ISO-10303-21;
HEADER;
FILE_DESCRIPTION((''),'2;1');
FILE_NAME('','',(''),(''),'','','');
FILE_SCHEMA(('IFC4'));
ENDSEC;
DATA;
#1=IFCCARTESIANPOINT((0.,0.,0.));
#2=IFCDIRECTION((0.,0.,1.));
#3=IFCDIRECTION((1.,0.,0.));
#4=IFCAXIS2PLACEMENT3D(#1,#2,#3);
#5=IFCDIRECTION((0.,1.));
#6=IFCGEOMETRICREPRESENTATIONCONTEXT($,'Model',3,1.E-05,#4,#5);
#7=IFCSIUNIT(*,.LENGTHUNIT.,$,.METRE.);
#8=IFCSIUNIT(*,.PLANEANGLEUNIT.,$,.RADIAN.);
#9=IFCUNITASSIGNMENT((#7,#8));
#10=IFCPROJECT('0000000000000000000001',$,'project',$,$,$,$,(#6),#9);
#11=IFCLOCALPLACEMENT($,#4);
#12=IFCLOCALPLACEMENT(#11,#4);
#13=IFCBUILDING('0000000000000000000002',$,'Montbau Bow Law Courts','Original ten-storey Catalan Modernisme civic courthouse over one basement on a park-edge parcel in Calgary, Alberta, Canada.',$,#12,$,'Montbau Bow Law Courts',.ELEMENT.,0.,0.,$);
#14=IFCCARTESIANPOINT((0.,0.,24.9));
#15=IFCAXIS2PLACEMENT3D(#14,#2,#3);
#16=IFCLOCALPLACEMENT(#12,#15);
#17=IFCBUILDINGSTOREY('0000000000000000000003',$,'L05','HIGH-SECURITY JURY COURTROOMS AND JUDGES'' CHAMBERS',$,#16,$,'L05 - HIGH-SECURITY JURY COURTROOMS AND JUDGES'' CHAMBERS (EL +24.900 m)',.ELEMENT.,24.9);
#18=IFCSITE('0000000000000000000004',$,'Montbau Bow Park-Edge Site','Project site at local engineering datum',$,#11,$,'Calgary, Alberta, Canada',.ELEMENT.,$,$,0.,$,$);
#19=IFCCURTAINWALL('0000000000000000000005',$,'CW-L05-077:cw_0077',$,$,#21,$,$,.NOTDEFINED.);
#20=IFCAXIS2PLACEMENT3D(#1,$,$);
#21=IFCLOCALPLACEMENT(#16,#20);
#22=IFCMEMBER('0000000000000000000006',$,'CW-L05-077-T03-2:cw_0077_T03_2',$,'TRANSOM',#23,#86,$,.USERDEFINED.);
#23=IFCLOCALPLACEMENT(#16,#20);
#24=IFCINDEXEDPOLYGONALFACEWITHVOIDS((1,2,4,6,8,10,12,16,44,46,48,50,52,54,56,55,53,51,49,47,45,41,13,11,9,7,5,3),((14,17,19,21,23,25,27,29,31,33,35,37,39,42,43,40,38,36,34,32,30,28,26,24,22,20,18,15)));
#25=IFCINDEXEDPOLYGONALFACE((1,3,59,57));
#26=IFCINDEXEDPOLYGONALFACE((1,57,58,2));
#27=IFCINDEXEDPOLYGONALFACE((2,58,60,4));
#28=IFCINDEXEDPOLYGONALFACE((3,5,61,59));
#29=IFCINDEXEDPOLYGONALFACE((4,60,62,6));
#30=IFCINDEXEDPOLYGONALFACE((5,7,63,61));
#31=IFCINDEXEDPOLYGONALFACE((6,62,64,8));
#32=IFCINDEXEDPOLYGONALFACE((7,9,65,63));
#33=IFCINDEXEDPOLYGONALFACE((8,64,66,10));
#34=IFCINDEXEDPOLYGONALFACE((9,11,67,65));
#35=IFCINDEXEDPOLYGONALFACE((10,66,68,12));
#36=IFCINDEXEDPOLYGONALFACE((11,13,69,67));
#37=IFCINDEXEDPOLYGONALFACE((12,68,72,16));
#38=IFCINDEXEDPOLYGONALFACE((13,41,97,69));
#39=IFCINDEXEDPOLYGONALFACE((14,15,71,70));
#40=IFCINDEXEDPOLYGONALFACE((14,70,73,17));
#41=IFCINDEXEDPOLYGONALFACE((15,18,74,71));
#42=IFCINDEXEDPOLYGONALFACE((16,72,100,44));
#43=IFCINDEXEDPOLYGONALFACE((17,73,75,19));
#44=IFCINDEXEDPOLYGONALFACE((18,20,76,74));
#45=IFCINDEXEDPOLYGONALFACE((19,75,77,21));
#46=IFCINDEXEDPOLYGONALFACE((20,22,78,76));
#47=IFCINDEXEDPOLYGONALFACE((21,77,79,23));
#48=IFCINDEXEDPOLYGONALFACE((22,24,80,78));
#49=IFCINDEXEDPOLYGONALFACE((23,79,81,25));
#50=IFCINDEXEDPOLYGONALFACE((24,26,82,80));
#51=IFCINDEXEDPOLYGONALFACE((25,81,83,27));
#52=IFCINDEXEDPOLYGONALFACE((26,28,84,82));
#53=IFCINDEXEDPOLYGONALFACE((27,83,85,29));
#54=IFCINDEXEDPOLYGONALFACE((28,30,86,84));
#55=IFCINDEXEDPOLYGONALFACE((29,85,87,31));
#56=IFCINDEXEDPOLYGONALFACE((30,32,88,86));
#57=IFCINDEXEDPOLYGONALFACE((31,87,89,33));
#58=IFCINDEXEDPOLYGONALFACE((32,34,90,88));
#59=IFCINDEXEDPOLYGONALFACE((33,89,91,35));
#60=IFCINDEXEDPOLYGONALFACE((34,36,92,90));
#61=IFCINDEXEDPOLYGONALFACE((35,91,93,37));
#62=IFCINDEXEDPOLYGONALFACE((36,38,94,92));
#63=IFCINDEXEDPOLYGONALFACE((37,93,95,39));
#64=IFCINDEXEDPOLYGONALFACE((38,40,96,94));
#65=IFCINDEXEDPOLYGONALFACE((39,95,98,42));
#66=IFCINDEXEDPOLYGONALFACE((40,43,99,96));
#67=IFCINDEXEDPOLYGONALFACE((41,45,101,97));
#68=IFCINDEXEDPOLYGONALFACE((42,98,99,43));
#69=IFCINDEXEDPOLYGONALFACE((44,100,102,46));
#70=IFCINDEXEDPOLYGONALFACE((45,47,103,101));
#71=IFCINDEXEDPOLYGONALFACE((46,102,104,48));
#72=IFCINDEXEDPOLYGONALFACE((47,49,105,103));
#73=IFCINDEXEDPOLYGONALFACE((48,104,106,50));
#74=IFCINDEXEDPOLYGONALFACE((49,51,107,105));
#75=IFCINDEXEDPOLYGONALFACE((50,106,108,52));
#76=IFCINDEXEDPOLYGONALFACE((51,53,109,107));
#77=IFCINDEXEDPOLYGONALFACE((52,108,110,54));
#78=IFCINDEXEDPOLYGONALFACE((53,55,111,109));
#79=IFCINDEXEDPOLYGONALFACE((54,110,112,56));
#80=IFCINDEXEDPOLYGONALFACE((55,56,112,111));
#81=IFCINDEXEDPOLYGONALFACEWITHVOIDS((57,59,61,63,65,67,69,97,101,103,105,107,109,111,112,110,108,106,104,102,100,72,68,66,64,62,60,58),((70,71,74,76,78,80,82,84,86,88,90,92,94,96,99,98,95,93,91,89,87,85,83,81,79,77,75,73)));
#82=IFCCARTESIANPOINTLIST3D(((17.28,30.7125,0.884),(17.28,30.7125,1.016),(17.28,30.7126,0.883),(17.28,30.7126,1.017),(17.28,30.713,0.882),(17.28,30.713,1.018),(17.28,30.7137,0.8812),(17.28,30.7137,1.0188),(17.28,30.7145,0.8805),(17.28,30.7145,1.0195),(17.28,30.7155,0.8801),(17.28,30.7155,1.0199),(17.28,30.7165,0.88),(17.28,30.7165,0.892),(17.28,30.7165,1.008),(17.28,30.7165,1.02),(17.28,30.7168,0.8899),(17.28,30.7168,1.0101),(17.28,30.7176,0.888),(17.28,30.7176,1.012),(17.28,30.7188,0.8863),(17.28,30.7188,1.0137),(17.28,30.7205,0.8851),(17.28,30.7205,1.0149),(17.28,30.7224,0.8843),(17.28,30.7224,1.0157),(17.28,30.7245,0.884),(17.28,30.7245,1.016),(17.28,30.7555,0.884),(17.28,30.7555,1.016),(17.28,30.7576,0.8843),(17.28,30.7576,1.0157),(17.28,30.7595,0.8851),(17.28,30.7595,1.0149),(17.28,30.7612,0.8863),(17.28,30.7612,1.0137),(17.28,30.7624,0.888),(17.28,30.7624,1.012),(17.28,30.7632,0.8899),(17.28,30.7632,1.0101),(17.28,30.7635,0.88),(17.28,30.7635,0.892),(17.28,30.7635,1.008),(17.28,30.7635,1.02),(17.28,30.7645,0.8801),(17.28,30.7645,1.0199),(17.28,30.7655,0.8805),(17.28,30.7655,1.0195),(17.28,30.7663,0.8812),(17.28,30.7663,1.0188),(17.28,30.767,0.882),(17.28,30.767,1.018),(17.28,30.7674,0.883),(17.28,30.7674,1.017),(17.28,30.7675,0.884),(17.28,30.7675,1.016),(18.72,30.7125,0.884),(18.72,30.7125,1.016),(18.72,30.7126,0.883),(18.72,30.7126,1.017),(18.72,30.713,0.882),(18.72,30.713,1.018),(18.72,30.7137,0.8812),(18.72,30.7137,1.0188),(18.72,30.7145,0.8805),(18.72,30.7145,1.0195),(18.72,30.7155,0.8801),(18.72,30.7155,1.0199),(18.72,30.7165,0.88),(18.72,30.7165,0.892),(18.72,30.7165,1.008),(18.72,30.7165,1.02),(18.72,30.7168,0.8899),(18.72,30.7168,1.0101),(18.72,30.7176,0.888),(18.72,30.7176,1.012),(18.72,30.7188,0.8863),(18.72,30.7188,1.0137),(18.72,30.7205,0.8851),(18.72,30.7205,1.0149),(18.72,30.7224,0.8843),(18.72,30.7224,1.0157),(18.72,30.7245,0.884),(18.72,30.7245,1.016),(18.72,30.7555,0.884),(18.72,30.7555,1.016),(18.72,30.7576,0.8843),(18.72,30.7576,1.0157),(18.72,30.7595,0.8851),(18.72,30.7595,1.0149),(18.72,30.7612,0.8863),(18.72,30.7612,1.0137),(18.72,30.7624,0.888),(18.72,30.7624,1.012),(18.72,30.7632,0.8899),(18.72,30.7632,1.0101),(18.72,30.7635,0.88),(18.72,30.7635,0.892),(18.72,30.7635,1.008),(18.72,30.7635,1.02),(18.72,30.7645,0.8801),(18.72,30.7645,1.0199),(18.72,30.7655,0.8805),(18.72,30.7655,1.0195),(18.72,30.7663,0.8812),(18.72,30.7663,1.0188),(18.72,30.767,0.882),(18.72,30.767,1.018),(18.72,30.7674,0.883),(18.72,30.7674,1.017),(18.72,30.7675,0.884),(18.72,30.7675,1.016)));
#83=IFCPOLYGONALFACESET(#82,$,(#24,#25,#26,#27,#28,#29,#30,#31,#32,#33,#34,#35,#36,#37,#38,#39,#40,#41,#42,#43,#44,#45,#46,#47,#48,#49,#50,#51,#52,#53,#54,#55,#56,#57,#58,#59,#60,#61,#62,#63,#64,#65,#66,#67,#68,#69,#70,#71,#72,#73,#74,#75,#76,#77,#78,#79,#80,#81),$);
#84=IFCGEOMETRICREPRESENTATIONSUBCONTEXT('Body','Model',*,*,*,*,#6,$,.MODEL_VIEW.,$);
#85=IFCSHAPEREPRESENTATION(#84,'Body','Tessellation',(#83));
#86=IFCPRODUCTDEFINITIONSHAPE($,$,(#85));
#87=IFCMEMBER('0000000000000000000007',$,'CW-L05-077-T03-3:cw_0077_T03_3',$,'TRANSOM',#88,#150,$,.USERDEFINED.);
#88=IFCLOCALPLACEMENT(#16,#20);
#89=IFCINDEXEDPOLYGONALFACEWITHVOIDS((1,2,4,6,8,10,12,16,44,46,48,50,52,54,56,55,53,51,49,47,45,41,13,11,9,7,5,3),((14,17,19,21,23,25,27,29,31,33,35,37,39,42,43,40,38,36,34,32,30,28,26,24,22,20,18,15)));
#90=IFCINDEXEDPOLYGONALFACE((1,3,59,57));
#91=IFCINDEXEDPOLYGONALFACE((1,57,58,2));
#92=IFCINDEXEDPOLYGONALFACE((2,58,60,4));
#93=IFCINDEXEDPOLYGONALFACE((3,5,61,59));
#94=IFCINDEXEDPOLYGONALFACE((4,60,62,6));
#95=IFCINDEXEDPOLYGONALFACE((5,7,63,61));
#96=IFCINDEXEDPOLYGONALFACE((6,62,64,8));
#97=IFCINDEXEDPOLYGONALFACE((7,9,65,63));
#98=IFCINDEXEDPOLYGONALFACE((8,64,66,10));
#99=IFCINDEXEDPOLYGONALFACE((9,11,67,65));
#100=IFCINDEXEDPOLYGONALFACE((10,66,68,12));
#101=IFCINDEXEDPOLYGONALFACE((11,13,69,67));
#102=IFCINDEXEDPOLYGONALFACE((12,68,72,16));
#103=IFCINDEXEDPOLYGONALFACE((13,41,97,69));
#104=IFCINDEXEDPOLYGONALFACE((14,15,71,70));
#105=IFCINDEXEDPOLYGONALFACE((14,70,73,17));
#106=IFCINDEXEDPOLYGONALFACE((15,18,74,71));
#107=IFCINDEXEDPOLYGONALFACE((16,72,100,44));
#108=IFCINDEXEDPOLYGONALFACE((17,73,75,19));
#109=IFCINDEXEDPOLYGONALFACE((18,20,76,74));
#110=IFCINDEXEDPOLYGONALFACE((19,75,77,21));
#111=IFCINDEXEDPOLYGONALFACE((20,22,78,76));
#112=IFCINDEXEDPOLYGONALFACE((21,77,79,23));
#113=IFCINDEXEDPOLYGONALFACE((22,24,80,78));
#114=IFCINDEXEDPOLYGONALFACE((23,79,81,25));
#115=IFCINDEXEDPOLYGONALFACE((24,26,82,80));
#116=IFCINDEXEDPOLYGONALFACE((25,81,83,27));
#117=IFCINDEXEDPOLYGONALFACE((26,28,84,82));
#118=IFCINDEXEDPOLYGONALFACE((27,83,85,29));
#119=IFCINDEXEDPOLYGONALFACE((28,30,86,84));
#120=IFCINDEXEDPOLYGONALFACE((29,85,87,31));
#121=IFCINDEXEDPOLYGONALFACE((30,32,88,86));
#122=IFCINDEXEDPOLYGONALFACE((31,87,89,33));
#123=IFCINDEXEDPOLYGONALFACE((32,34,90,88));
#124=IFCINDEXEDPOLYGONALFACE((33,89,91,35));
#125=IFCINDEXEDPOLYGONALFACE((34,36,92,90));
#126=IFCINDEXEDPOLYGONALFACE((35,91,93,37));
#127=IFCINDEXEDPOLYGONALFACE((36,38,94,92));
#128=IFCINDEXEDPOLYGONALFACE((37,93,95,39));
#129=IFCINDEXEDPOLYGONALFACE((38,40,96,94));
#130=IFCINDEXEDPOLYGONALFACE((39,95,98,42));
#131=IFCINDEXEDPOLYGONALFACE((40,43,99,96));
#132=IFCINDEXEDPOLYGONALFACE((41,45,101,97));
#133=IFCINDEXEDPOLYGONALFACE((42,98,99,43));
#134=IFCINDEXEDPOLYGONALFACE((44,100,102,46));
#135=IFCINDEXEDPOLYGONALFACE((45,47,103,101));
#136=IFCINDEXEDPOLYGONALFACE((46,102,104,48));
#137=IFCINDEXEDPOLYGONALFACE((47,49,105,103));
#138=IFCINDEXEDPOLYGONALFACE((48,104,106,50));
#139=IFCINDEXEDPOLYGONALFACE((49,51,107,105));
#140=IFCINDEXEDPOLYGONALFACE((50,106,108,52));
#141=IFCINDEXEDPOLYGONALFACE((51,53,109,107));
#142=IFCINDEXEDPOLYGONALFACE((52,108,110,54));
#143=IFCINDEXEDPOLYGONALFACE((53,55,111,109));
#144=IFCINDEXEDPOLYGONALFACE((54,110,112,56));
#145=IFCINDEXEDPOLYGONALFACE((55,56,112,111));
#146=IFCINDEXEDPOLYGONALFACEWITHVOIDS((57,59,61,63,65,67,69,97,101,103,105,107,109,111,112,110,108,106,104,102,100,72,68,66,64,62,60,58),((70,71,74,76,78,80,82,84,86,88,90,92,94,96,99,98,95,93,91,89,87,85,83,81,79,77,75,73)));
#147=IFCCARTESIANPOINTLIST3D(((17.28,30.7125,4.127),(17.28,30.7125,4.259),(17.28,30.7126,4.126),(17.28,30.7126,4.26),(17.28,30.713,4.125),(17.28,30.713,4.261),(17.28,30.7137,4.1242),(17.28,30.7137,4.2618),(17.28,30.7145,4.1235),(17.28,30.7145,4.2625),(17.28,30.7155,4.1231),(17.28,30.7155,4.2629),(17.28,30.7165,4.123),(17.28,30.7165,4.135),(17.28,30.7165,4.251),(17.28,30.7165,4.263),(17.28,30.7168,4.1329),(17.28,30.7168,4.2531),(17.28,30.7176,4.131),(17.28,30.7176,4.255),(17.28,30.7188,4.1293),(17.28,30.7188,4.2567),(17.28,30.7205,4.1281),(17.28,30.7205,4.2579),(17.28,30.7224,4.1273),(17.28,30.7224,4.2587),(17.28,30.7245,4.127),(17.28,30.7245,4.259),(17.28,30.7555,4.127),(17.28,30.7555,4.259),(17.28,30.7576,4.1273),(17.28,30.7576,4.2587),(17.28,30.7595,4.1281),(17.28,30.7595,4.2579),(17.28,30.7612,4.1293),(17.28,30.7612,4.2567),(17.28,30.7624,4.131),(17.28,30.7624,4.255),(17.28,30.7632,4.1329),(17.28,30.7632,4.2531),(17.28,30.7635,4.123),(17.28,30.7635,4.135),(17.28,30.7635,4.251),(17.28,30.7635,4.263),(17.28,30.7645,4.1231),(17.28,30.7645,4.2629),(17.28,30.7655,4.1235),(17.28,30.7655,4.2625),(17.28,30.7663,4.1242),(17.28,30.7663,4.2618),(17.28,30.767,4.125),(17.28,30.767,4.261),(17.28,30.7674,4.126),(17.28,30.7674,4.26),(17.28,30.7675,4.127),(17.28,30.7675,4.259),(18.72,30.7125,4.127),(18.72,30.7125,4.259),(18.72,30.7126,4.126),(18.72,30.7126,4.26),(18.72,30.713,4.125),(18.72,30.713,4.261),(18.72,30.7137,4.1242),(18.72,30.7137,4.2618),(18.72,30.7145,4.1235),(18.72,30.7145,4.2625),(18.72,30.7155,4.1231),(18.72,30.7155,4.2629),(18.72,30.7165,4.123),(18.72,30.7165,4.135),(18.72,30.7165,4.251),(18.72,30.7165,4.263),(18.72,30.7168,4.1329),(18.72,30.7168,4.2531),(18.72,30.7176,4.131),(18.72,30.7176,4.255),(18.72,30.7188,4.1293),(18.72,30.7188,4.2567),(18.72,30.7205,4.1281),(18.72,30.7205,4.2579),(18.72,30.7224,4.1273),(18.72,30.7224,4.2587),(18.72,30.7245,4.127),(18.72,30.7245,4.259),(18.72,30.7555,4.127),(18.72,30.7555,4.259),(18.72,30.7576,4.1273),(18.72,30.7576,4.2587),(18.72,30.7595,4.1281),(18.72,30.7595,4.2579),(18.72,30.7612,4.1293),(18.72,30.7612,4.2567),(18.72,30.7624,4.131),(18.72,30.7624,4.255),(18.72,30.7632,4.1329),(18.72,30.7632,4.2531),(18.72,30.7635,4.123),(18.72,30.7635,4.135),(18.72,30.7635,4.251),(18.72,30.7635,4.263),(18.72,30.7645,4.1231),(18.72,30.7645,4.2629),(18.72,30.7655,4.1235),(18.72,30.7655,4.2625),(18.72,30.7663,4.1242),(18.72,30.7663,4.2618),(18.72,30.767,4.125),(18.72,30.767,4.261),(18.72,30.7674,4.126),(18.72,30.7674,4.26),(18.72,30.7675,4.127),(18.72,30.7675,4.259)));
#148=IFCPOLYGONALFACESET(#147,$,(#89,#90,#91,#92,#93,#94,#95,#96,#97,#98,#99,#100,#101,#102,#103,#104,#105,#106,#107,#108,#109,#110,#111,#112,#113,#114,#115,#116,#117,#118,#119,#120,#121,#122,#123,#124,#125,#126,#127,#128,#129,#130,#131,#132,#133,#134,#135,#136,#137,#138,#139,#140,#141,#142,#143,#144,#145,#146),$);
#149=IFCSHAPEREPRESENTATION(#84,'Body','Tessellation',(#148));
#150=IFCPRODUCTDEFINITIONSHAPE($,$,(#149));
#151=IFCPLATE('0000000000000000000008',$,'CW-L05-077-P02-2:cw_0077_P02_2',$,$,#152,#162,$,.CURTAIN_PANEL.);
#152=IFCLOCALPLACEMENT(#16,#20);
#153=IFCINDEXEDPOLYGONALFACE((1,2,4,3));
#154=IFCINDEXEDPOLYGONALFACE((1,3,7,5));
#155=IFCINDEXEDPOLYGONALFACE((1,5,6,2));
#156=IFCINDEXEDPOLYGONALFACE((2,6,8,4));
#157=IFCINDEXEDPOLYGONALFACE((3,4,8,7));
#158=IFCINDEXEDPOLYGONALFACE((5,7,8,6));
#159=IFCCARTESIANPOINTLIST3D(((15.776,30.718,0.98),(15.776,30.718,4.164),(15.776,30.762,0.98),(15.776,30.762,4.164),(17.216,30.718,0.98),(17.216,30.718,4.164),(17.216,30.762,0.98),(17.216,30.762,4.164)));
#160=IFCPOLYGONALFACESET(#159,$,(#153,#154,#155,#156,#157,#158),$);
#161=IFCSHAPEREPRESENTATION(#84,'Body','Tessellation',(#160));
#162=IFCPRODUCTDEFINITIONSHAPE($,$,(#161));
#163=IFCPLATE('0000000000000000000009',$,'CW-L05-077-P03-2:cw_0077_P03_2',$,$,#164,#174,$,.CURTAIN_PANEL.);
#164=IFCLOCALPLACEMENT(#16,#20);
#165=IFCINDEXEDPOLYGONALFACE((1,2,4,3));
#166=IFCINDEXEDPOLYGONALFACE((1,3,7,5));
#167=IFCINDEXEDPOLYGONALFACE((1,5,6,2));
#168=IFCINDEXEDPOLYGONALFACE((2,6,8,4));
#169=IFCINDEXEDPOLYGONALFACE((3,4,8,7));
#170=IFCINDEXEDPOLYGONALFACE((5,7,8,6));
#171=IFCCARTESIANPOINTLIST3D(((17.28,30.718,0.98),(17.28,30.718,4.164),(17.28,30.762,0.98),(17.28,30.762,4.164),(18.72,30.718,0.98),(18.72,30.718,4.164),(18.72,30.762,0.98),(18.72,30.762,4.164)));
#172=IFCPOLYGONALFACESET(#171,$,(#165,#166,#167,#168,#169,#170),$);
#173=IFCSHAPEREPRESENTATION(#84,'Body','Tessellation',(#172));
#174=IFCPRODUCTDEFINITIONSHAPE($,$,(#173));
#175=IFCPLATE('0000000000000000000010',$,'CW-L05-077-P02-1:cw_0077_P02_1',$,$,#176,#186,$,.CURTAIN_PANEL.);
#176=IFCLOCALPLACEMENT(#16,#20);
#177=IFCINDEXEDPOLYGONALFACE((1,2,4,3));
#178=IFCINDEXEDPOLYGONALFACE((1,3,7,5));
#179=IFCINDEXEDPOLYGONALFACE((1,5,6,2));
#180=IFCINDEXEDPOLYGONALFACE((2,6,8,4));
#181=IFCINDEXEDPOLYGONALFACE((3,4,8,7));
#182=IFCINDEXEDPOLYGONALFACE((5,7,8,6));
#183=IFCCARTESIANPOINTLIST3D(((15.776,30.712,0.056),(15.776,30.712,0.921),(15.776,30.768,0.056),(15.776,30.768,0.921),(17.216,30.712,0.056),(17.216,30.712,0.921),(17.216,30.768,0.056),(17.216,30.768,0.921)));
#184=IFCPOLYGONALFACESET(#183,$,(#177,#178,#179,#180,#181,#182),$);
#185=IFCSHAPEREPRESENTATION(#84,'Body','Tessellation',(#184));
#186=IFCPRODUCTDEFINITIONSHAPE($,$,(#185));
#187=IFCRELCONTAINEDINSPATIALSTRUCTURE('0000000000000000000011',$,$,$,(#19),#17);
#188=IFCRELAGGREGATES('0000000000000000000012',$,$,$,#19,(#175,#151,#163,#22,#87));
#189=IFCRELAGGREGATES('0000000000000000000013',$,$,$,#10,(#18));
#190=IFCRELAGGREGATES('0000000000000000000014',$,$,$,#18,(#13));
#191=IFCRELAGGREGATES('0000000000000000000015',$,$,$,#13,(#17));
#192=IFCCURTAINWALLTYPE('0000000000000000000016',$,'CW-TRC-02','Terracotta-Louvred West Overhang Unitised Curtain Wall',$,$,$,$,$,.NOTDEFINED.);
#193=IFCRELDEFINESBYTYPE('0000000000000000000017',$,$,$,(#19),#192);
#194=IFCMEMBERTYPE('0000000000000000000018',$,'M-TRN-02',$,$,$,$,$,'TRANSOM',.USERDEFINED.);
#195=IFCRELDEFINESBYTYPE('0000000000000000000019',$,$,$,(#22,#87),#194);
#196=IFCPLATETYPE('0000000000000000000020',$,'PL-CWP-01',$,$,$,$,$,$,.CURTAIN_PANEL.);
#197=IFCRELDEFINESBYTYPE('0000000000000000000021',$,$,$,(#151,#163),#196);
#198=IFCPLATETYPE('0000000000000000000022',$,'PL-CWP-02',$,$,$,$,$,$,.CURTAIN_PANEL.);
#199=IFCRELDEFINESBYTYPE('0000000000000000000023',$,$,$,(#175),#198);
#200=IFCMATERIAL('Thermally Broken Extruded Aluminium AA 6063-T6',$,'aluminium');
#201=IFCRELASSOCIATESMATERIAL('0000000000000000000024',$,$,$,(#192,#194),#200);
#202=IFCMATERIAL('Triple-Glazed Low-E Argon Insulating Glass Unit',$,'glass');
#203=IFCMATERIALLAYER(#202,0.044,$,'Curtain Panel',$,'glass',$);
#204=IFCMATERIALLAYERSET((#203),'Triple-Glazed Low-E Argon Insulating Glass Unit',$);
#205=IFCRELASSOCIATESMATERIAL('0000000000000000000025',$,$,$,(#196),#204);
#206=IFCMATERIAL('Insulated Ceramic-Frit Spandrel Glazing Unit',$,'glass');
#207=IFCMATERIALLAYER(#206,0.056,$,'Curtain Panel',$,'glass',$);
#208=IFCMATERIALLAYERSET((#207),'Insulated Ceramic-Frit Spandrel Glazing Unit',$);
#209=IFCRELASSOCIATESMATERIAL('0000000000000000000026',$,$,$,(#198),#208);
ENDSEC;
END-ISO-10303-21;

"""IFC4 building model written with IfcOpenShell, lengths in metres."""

from ifc_helpers import new_model, si_unit, direction, frame, frame_2d, origin_with_axes, origin_2d_with_axis, place, context, subcontext, project, spatial, rectangle, hollow_rectangle, extrude, material, layer, layer_set, material_profile, profile_set, type_object, element, aggregate, save


model = new_model("IFC4")

# Units and contexts
model_context = context("Model", 3, precision=1e-05, world=origin_with_axes(), true_north=direction((0.0, 1.0)))
body_context = subcontext(model_context, "Body", "Model", "MODEL_VIEW")
ifc_project = project(units=[si_unit("LENGTHUNIT", "METRE"), si_unit("PLANEANGLEUNIT", "RADIAN")], contexts=[model_context])

# Site, building, storey
site_placement = place(None, origin_with_axes())
site = spatial("IfcSite", under=ifc_project, at=site_placement, Name="Montbau Bow Park-Edge Site", Description="Project site at local engineering datum", LongName="Calgary, Alberta, Canada", CompositionType="ELEMENT", RefElevation=0.0)
building_placement = place(site_placement, origin_with_axes())
building = spatial("IfcBuilding", under=site, at=building_placement, Name="Montbau Bow Law Courts", Description="Original ten-storey Catalan Modernisme civic courthouse over one basement on a park-edge parcel in Calgary, Alberta, Canada.", LongName="Montbau Bow Law Courts", CompositionType="ELEMENT", ElevationOfRefHeight=0.0, ElevationOfTerrain=0.0)
storey_placement = place(building_placement, frame((0.0, 0.0, 24.9), z_axis=(0.0, 0.0, 1.0), x_axis=(1.0, 0.0, 0.0)))
storey = spatial("IfcBuildingStorey", under=building, at=storey_placement, Name="L05", Description="HIGH-SECURITY JURY COURTROOMS AND JUDGES' CHAMBERS", LongName="L05 - HIGH-SECURITY JURY COURTROOMS AND JUDGES' CHAMBERS (EL +24.900 m)", CompositionType="ELEMENT", Elevation=24.9)

# Curtain wall, members, plates
ifc_material_1 = material(Name="Thermally Broken Extruded Aluminium AA 6063-T6", Category="aluminium")
curtain_wall_type = type_object("IfcCurtainWallType", Name="CW-TRC-02", Description="Terracotta-Louvred West Overhang Unitised Curtain Wall", PredefinedType="NOTDEFINED", material=ifc_material_1)
curtain_wall_placement = place(None, frame((14.24, 30.74, 24.9), z_axis=(0.0, 0.0, 1.0), x_axis=(1.0, 0.0, 0.0)))
curtain_wall = element("IfcCurtainWall", 1, at=curtain_wall_placement, inside=storey, type_object=curtain_wall_type, Name="CW-L05-077:cw_0077", PredefinedType="NOTDEFINED")
ifc_material_profile_1 = material_profile(ifc_material_1, hollow_rectangle(XDim=0.055, YDim=0.14, WallThickness=0.004, InnerFilletRadius=0.008, OuterFilletRadius=0.004, at=origin_2d_with_axis()), Name="CWT-140X55", Category="Main", Priority=0)
ifc_profile_set_1 = profile_set([ifc_material_profile_1], Name="Thermally Broken Extruded Aluminium AA 6063-T6")
member_type_1 = type_object("IfcMemberType", Name="M-TRN-02", ElementType="TRANSOM", PredefinedType="USERDEFINED", material=ifc_profile_set_1)
member_1_placement = place(None, frame((17.28, 30.74, 25.85), z_axis=(1.0, 0.0, 0.0), x_axis=(0.0, 1.0, 0.0)))
member_1 = element("IfcMember", 2, at=member_1_placement, type_object=member_type_1, Name="CW-L05-077-T03-2:cw_0077_T03_2", ObjectType="TRANSOM", PredefinedType="USERDEFINED", context=body_context, shape_type="SweptSolid", body=[
    extrude(hollow_rectangle(XDim=0.055, YDim=0.14, WallThickness=0.004, InnerFilletRadius=0.008, OuterFilletRadius=0.004, at=origin_2d_with_axis()), origin_with_axes(), (0.0, 0.0, 1.0), 1.44),
])
member_2_placement = place(None, frame((17.28, 30.74, 29.093), z_axis=(1.0, 0.0, 0.0), x_axis=(0.0, 1.0, 0.0)))
member_2 = element("IfcMember", 3, at=member_2_placement, type_object=member_type_1, Name="CW-L05-077-T03-3:cw_0077_T03_3", ObjectType="TRANSOM", PredefinedType="USERDEFINED", context=body_context, shape_type="SweptSolid", body=[
    extrude(hollow_rectangle(XDim=0.055, YDim=0.14, WallThickness=0.004, InnerFilletRadius=0.008, OuterFilletRadius=0.004, at=origin_2d_with_axis()), origin_with_axes(), (0.0, 0.0, 1.0), 1.44),
])
ifc_material_2 = material(Name="Triple-Glazed Low-E Argon Insulating Glass Unit", Category="glass")
ifc_layer_1 = layer(ifc_material_2, 0.044, Name="Curtain Panel", Category="glass")
ifc_layer_set_1 = layer_set([ifc_layer_1], Name="Triple-Glazed Low-E Argon Insulating Glass Unit")
plate_type_1 = type_object("IfcPlateType", Name="PL-CWP-01", PredefinedType="CURTAIN_PANEL", material=ifc_layer_set_1)
plate_1_placement = place(None, frame((15.776, 30.74, 25.88), z_axis=(0.0, -1.0, 0.0), x_axis=(1.0, 0.0, 0.0)))
plate_1 = element("IfcPlate", 4, at=plate_1_placement, type_object=plate_type_1, Name="CW-L05-077-P02-2:cw_0077_P02_2", PredefinedType="CURTAIN_PANEL", context=body_context, shape_type="SweptSolid", body=[
    extrude(rectangle(XDim=1.44, YDim=3.184, at=frame_2d((0.72, 1.592), x_axis=(1.0, 0.0))), frame((0.0, 0.0, -0.022), z_axis=(0.0, 0.0, 1.0), x_axis=(1.0, 0.0, 0.0)), (0.0, 0.0, 1.0), 0.044),
])
plate_2_placement = place(None, frame((17.28, 30.74, 25.88), z_axis=(0.0, -1.0, 0.0), x_axis=(1.0, 0.0, 0.0)))
plate_2 = element("IfcPlate", 5, at=plate_2_placement, type_object=plate_type_1, Name="CW-L05-077-P03-2:cw_0077_P03_2", PredefinedType="CURTAIN_PANEL", context=body_context, shape_type="SweptSolid", body=[
    extrude(rectangle(XDim=1.44, YDim=3.184, at=frame_2d((0.72, 1.592), x_axis=(1.0, 0.0))), frame((0.0, 0.0, -0.022), z_axis=(0.0, 0.0, 1.0), x_axis=(1.0, 0.0, 0.0)), (0.0, 0.0, 1.0), 0.044),
])
ifc_material_3 = material(Name="Insulated Ceramic-Frit Spandrel Glazing Unit", Category="glass")
ifc_layer_2 = layer(ifc_material_3, 0.056, Name="Curtain Panel", Category="glass")
ifc_layer_set_2 = layer_set([ifc_layer_2], Name="Insulated Ceramic-Frit Spandrel Glazing Unit")
plate_type_2 = type_object("IfcPlateType", Name="PL-CWP-02", PredefinedType="CURTAIN_PANEL", material=ifc_layer_set_2)
plate_3_placement = place(None, frame((15.776, 30.74, 24.956), z_axis=(0.0, -1.0, 0.0), x_axis=(1.0, 0.0, 0.0)))
plate_3 = element("IfcPlate", 6, at=plate_3_placement, type_object=plate_type_2, Name="CW-L05-077-P02-1:cw_0077_P02_1", PredefinedType="CURTAIN_PANEL", context=body_context, shape_type="SweptSolid", body=[
    extrude(rectangle(XDim=1.44, YDim=0.865, at=frame_2d((0.72, 0.4325), x_axis=(1.0, 0.0))), frame((0.0, 0.0, -0.028), z_axis=(0.0, 0.0, 1.0), x_axis=(1.0, 0.0, 0.0)), (0.0, 0.0, 1.0), 0.056),
])
aggregate(curtain_wall, [plate_3, plate_1, plate_2, member_1, member_2])

save(model, "model.ifc")
